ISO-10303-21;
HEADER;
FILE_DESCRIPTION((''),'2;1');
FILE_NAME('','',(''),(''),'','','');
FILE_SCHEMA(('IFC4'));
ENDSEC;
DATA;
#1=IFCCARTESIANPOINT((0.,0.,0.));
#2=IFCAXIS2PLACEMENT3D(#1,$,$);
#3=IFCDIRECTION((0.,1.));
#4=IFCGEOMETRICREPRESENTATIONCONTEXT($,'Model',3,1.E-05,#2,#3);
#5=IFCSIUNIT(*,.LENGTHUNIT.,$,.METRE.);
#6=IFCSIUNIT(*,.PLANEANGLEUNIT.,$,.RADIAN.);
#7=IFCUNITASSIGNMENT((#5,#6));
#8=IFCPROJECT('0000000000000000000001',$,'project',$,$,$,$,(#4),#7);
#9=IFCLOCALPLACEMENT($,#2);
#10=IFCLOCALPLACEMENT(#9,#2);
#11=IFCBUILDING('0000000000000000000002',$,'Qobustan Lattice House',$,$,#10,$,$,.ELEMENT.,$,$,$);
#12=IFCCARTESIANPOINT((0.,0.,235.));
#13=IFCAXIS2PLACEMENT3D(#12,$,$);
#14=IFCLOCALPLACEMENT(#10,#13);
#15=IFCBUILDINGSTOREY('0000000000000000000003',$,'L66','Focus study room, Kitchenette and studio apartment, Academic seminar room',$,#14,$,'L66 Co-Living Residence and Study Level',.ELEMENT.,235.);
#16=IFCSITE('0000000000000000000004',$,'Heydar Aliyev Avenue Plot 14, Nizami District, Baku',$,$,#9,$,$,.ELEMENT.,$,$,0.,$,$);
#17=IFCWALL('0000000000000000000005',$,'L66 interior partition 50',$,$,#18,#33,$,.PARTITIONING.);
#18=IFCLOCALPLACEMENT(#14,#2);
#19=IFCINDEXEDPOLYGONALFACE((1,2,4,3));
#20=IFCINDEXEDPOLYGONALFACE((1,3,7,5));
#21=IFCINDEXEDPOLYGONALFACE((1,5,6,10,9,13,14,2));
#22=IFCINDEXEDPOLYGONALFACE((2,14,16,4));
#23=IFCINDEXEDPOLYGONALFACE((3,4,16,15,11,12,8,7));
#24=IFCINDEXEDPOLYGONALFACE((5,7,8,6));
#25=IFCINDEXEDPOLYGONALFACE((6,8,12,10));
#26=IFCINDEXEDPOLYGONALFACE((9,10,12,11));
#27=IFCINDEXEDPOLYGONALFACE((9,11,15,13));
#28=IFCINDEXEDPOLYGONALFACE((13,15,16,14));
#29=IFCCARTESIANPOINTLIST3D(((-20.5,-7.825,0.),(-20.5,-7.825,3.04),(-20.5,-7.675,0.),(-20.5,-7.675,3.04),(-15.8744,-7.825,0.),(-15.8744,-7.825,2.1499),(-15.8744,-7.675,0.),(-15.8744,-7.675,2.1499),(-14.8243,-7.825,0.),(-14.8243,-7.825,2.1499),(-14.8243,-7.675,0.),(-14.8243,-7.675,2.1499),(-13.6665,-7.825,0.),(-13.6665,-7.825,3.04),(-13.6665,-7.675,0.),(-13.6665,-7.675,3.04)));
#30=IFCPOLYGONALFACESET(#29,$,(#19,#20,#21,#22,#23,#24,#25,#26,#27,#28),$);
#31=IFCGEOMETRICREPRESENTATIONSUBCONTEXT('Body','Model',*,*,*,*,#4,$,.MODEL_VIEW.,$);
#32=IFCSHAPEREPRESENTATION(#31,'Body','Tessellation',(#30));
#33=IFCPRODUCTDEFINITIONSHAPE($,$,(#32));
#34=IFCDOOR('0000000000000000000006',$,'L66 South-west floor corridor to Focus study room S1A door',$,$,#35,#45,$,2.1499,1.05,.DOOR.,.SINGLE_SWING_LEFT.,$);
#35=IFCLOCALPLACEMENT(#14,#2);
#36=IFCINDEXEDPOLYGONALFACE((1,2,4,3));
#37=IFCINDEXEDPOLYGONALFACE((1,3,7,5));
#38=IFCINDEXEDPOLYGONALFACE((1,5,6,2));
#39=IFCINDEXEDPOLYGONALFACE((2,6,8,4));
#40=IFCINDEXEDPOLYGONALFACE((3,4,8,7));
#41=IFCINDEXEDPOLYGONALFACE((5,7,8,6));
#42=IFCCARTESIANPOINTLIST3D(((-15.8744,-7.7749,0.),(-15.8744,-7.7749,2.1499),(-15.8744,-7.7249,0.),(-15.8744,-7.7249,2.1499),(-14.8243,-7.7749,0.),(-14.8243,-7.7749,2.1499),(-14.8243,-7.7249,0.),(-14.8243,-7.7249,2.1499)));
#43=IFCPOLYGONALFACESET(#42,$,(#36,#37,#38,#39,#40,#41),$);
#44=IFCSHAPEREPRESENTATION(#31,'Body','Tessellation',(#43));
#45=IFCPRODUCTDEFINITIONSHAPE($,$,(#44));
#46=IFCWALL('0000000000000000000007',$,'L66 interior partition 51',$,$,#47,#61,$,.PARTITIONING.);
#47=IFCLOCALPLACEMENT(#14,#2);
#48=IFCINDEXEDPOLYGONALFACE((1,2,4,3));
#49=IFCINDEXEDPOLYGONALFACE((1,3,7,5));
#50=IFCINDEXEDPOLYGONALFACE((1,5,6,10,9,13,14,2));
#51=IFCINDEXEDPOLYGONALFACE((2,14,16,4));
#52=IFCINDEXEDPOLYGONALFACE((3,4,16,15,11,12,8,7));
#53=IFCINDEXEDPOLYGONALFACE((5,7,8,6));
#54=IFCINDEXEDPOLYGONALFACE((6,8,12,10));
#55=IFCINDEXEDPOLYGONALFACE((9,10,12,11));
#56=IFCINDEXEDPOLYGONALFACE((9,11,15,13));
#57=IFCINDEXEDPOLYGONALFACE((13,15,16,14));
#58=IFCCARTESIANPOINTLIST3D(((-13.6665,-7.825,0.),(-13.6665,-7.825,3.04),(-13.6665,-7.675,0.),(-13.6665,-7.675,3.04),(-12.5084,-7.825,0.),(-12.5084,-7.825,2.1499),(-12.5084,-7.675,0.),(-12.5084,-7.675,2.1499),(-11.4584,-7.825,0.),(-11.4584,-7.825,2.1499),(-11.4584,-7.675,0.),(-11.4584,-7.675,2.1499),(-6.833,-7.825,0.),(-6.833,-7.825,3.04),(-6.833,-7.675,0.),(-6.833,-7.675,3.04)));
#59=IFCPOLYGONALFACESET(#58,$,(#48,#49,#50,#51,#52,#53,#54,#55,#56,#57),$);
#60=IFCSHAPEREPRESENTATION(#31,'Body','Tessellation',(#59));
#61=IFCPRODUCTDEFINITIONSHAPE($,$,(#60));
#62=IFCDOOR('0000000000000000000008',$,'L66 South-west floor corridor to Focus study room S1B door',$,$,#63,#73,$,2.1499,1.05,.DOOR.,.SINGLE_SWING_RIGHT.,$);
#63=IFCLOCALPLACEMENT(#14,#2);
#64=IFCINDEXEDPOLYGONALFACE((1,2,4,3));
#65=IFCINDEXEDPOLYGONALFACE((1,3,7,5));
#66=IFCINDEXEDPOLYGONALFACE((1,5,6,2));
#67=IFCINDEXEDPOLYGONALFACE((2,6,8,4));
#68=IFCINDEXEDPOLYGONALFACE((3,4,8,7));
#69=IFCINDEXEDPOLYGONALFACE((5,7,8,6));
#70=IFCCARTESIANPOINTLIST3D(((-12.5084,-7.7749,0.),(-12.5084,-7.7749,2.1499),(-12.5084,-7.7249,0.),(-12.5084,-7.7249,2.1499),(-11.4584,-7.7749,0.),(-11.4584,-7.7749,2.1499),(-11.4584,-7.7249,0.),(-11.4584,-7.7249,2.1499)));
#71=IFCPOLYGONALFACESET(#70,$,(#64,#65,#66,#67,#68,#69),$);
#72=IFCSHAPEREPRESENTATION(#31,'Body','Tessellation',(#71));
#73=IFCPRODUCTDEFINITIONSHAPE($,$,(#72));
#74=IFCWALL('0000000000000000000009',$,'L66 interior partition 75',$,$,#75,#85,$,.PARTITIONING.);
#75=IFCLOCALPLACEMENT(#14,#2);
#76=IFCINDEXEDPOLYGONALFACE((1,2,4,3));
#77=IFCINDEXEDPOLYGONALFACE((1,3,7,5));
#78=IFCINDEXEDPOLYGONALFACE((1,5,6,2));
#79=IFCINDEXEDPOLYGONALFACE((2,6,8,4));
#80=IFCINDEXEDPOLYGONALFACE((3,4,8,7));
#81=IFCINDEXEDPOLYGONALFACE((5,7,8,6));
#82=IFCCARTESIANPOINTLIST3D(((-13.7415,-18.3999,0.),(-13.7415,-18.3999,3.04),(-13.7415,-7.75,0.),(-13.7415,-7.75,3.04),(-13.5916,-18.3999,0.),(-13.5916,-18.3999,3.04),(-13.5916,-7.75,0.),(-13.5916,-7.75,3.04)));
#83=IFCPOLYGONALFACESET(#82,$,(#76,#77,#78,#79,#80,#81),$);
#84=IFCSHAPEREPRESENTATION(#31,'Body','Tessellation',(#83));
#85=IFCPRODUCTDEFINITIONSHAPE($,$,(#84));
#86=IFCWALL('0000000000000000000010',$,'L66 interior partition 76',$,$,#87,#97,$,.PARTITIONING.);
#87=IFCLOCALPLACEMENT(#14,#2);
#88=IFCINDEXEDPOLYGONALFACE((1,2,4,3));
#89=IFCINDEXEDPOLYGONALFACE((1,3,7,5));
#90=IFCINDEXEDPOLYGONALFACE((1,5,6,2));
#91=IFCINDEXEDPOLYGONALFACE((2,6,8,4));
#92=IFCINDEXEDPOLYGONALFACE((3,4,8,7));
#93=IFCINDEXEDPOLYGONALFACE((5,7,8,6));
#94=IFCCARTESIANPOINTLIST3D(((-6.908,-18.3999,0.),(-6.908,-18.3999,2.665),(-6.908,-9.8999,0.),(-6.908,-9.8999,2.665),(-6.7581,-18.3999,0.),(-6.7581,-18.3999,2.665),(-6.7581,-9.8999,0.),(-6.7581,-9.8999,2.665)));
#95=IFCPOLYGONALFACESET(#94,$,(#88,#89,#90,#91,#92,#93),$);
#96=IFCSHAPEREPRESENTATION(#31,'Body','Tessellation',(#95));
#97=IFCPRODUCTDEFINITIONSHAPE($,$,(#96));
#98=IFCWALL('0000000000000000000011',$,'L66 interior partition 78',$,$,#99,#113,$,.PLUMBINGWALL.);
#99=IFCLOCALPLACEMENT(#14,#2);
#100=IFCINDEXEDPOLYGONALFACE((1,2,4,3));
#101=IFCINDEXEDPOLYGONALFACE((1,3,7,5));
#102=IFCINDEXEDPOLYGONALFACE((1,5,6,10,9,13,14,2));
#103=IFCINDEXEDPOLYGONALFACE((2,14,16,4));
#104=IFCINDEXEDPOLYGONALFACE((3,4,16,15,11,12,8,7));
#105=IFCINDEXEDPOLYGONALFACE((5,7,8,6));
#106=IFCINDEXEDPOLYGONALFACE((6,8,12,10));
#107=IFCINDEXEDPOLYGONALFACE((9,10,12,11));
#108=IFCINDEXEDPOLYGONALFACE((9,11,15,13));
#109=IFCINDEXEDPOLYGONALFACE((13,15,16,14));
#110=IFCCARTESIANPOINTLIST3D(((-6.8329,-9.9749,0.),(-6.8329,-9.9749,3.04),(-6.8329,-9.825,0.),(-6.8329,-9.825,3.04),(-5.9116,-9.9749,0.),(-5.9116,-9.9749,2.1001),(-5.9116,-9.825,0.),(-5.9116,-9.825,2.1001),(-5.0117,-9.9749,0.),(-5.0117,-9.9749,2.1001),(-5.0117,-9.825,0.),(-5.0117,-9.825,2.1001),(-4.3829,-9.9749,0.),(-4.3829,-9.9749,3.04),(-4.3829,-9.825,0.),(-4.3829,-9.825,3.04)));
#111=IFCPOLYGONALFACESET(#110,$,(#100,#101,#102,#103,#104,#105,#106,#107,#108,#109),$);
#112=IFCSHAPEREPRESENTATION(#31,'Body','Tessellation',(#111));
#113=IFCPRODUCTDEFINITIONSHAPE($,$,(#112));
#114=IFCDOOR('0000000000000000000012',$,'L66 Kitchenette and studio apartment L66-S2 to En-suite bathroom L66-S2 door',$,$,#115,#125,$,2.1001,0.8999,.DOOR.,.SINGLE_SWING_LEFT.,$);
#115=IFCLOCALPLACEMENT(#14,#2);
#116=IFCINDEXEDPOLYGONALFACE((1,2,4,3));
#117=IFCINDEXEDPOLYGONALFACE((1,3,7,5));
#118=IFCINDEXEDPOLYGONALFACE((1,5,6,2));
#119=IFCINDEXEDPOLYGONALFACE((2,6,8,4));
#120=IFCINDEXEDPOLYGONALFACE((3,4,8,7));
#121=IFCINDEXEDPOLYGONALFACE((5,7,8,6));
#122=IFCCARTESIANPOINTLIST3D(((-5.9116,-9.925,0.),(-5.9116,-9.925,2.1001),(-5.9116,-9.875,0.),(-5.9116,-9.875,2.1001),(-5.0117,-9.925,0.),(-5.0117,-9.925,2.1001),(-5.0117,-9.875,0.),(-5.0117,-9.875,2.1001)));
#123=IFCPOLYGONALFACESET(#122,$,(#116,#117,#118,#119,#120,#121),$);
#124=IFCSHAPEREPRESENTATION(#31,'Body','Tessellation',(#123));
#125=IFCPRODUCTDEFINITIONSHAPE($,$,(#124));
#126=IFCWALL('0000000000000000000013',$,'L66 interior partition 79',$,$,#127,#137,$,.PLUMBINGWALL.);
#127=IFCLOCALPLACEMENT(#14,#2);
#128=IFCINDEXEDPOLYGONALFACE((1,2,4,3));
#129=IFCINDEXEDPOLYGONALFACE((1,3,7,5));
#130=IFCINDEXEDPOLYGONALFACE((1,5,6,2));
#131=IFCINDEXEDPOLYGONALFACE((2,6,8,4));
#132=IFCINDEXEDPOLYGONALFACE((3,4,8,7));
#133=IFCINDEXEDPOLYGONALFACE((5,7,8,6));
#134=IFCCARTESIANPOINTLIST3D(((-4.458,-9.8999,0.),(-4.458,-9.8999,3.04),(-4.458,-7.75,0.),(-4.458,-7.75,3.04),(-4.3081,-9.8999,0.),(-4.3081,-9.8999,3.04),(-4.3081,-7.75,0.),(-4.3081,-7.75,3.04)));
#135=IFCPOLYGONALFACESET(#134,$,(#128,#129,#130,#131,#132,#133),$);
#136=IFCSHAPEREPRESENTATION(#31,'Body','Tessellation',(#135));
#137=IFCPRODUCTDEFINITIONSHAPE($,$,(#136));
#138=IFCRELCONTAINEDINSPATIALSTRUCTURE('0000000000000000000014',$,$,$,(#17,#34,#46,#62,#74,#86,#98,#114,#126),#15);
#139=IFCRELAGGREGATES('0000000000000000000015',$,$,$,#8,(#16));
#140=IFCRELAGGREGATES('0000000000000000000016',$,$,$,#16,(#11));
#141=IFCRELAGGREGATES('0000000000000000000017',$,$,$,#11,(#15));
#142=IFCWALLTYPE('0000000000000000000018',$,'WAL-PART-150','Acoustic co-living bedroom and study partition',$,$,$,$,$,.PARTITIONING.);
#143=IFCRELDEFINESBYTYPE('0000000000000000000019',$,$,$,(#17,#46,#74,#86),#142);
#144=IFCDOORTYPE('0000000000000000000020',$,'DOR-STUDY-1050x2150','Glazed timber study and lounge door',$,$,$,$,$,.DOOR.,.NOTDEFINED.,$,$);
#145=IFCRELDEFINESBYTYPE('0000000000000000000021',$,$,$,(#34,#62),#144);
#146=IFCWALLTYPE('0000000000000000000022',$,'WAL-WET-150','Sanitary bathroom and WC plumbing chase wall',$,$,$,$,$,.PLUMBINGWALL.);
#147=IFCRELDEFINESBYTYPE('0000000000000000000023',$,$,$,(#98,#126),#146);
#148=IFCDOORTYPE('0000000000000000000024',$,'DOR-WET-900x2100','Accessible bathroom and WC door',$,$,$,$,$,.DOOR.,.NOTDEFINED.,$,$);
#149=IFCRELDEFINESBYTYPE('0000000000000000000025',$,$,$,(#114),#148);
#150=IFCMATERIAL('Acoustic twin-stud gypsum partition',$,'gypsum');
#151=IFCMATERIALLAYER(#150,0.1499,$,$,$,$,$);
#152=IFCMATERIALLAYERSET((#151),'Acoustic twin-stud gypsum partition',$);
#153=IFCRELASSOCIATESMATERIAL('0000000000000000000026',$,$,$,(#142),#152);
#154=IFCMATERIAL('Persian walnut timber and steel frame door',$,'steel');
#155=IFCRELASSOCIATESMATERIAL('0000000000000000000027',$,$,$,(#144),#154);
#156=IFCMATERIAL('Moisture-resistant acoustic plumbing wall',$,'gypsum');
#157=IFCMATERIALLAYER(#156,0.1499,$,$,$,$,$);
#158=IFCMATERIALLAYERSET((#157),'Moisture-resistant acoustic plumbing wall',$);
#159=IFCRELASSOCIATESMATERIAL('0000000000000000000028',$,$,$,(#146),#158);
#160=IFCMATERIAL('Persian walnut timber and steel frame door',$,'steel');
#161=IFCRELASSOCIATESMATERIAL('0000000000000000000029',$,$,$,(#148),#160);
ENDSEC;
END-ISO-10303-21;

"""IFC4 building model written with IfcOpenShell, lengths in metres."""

from ifc_helpers import new_model, si_unit, direction, frame, frame_2d, origin, place, context, subcontext, project, spatial, rectangle, extrude, material, layer, layer_set, type_object, element, fill, save


model = new_model("IFC4")

# Units and contexts
model_context = context("Model", 3, precision=1e-05, world=origin(), true_north=direction((0.0, 1.0)))
body_context = subcontext(model_context, "Body", "Model", "MODEL_VIEW")
ifc_project = project(units=[si_unit("LENGTHUNIT", "METRE"), si_unit("PLANEANGLEUNIT", "RADIAN")], contexts=[model_context])

# Site, building, storey
site_placement = place(None, origin())
site = spatial("IfcSite", under=ifc_project, at=site_placement, Name="Heydar Aliyev Avenue Plot 14, Nizami District, Baku", CompositionType="ELEMENT", RefElevation=0.0)
building_placement = place(site_placement, origin())
building = spatial("IfcBuilding", under=site, at=building_placement, Name="Qobustan Lattice House", CompositionType="ELEMENT")
storey_placement = place(building_placement, frame((0.0, 0.0, 235.0)))
storey = spatial("IfcBuildingStorey", under=building, at=storey_placement, Name="L66", Description="Focus study room, Kitchenette and studio apartment, Academic seminar room", LongName="L66 Co-Living Residence and Study Level", CompositionType="ELEMENT", Elevation=235.0)

# Walls, openings, doors
ifc_material_1 = material(Name="Acoustic twin-stud gypsum partition", Category="gypsum")
ifc_layer_1 = layer(ifc_material_1, 0.1499)
ifc_layer_set_1 = layer_set([ifc_layer_1], Name="Acoustic twin-stud gypsum partition")
wall_type_1 = type_object("IfcWallType", Name="WAL-PART-150", Description="Acoustic co-living bedroom and study partition", PredefinedType="PARTITIONING", material=ifc_layer_set_1)
wall_1_placement = place(storey_placement, frame((-13.6665, -7.75, 0.0), z_axis=(0.0, 0.0, 1.0), x_axis=(-1.0, 0.0, 0.0)))
wall_1 = element("IfcWall", 1, at=wall_1_placement, inside=storey, type_object=wall_type_1, Name="L66 interior partition 50", PredefinedType="PARTITIONING", context=body_context, shape_type="SweptSolid", body=[
    extrude(rectangle(XDim=6.8335, YDim=0.1499, at=frame_2d((3.4167, 0.0))), origin(), (0.0, 0.0, 1.0), 3.04),
])
opening_1_placement = place(wall_1_placement, frame((1.158, 0.0, 0.0)))
opening_1 = element("IfcOpeningElement", 2, at=opening_1_placement, cuts=wall_1, PredefinedType="OPENING", context=body_context, shape_type="SweptSolid", body=[
    extrude(rectangle(XDim=1.05, YDim=2.1499, at=frame_2d((0.5249, 1.075))), frame((0.0, 0.085, 0.0), z_axis=(0.0, -1.0, 0.0), x_axis=(1.0, 0.0, 0.0)), (0.0, 0.0, 1.0), 0.1699),
])
ifc_material_2 = material(Name="Persian walnut timber and steel frame door", Category="steel")
door_type_1 = type_object("IfcDoorType", Name="DOR-STUDY-1050x2150", Description="Glazed timber study and lounge door", OperationType="NOTDEFINED", PredefinedType="DOOR", material=ifc_material_2)
door_1_placement = place(opening_1_placement, origin())
door_1 = element("IfcDoor", 3, at=door_1_placement, inside=storey, type_object=door_type_1, Name="L66 South-west floor corridor to Focus study room S1A door", OperationType="SINGLE_SWING_LEFT", OverallHeight=2.1499, OverallWidth=1.05, PredefinedType="DOOR", context=body_context, shape_type="SweptSolid", body=[
    extrude(rectangle(XDim=1.05, YDim=2.1499, at=frame_2d((0.5249, 1.075))), frame((0.0, 0.0249, 0.0), z_axis=(0.0, -1.0, 0.0), x_axis=(1.0, 0.0, 0.0)), (0.0, 0.0, 1.0), 0.05),
])
fill(opening_1, door_1)
wall_2_placement = place(storey_placement, frame((-6.833, -7.75, 0.0), z_axis=(0.0, 0.0, 1.0), x_axis=(-1.0, 0.0, 0.0)))
wall_2 = element("IfcWall", 4, at=wall_2_placement, inside=storey, type_object=wall_type_1, Name="L66 interior partition 51", PredefinedType="PARTITIONING", context=body_context, shape_type="SweptSolid", body=[
    extrude(rectangle(XDim=6.8335, YDim=0.1499, at=frame_2d((3.4167, 0.0))), origin(), (0.0, 0.0, 1.0), 3.04),
])
opening_2_placement = place(wall_2_placement, frame((4.6255, 0.0, 0.0)))
opening_2 = element("IfcOpeningElement", 5, at=opening_2_placement, cuts=wall_2, PredefinedType="OPENING", context=body_context, shape_type="SweptSolid", body=[
    extrude(rectangle(XDim=1.05, YDim=2.1499, at=frame_2d((0.5249, 1.075))), frame((0.0, 0.085, 0.0), z_axis=(0.0, -1.0, 0.0), x_axis=(1.0, 0.0, 0.0)), (0.0, 0.0, 1.0), 0.1699),
])
door_2_placement = place(opening_2_placement, origin())
door_2 = element("IfcDoor", 6, at=door_2_placement, inside=storey, type_object=door_type_1, Name="L66 South-west floor corridor to Focus study room S1B door", OperationType="SINGLE_SWING_RIGHT", OverallHeight=2.1499, OverallWidth=1.05, PredefinedType="DOOR", context=body_context, shape_type="SweptSolid", body=[
    extrude(rectangle(XDim=1.05, YDim=2.1499, at=frame_2d((0.5249, 1.075))), frame((0.0, 0.0249, 0.0), z_axis=(0.0, -1.0, 0.0), x_axis=(1.0, 0.0, 0.0)), (0.0, 0.0, 1.0), 0.05),
])
fill(opening_2, door_2)

# Walls
wall_3_placement = place(storey_placement, frame((-13.6665, -7.75, 0.0), z_axis=(0.0, 0.0, 1.0), x_axis=(0.0, -1.0, 0.0)))
element("IfcWall", 7, at=wall_3_placement, inside=storey, type_object=wall_type_1, Name="L66 interior partition 75", PredefinedType="PARTITIONING", context=body_context, shape_type="SweptSolid", body=[
    extrude(rectangle(XDim=10.6499, YDim=0.1499, at=frame_2d((5.325, 0.0))), origin(), (0.0, 0.0, 1.0), 3.04),
])
wall_4_placement = place(storey_placement, frame((-6.833, -9.8999, 0.0), z_axis=(0.0, 0.0, 1.0), x_axis=(0.0, -1.0, 0.0)))
element("IfcWall", 8, at=wall_4_placement, inside=storey, type_object=wall_type_1, Name="L66 interior partition 76", PredefinedType="PARTITIONING", context=body_context, shape_type="SweptSolid", body=[
    extrude(rectangle(XDim=8.5, YDim=0.1499, at=frame_2d((4.25, 0.0))), origin(), (0.0, 0.0, 1.0), 2.665),
])

# Wall, opening, door
ifc_material_3 = material(Name="Moisture-resistant acoustic plumbing wall", Category="gypsum")
ifc_layer_2 = layer(ifc_material_3, 0.1499)
ifc_layer_set_2 = layer_set([ifc_layer_2], Name="Moisture-resistant acoustic plumbing wall")
wall_type_2 = type_object("IfcWallType", Name="WAL-WET-150", Description="Sanitary bathroom and WC plumbing chase wall", PredefinedType="PLUMBINGWALL", material=ifc_layer_set_2)
wall_5_placement = place(storey_placement, frame((-6.833, -9.8999, 0.0), z_axis=(0.0, 0.0, 1.0), x_axis=(1.0, 0.0, 0.0)))
wall_5 = element("IfcWall", 9, at=wall_5_placement, inside=storey, type_object=wall_type_2, Name="L66 interior partition 78", PredefinedType="PLUMBINGWALL", context=body_context, shape_type="SweptSolid", body=[
    extrude(rectangle(XDim=2.45, YDim=0.1499, at=frame_2d((1.2251, 0.0))), origin(), (0.0, 0.0, 1.0), 3.04),
])
opening_3_placement = place(wall_5_placement, frame((0.9214, 0.0, 0.0)))
opening_3 = element("IfcOpeningElement", 10, at=opening_3_placement, cuts=wall_5, PredefinedType="OPENING", context=body_context, shape_type="SweptSolid", body=[
    extrude(rectangle(XDim=0.8999, YDim=2.1001, at=frame_2d((0.45, 1.05))), frame((0.0, 0.085, 0.0), z_axis=(0.0, -1.0, 0.0), x_axis=(1.0, 0.0, 0.0)), (0.0, 0.0, 1.0), 0.1699),
])
ifc_material_4 = material(Name="Persian walnut timber and steel frame door", Category="steel")
door_type_2 = type_object("IfcDoorType", Name="DOR-WET-900x2100", Description="Accessible bathroom and WC door", OperationType="NOTDEFINED", PredefinedType="DOOR", material=ifc_material_4)
door_3_placement = place(opening_3_placement, origin())
door_3 = element("IfcDoor", 11, at=door_3_placement, inside=storey, type_object=door_type_2, Name="L66 Kitchenette and studio apartment L66-S2 to En-suite bathroom L66-S2 door", OperationType="SINGLE_SWING_LEFT", OverallHeight=2.1001, OverallWidth=0.8999, PredefinedType="DOOR", context=body_context, shape_type="SweptSolid", body=[
    extrude(rectangle(XDim=0.8999, YDim=2.1001, at=frame_2d((0.45, 1.05))), frame((0.0, 0.0249, 0.0), z_axis=(0.0, -1.0, 0.0), x_axis=(1.0, 0.0, 0.0)), (0.0, 0.0, 1.0), 0.05),
])
fill(opening_3, door_3)

# Wall
wall_6_placement = place(storey_placement, frame((-4.3831, -9.8999, 0.0), z_axis=(0.0, 0.0, 1.0), x_axis=(0.0, 1.0, 0.0)))
element("IfcWall", 12, at=wall_6_placement, inside=storey, type_object=wall_type_2, Name="L66 interior partition 79", PredefinedType="PLUMBINGWALL", context=body_context, shape_type="SweptSolid", body=[
    extrude(rectangle(XDim=2.1499, YDim=0.1499, at=frame_2d((1.075, 0.0))), origin(), (0.0, 0.0, 1.0), 3.04),
])

save(model, "model.ifc")
